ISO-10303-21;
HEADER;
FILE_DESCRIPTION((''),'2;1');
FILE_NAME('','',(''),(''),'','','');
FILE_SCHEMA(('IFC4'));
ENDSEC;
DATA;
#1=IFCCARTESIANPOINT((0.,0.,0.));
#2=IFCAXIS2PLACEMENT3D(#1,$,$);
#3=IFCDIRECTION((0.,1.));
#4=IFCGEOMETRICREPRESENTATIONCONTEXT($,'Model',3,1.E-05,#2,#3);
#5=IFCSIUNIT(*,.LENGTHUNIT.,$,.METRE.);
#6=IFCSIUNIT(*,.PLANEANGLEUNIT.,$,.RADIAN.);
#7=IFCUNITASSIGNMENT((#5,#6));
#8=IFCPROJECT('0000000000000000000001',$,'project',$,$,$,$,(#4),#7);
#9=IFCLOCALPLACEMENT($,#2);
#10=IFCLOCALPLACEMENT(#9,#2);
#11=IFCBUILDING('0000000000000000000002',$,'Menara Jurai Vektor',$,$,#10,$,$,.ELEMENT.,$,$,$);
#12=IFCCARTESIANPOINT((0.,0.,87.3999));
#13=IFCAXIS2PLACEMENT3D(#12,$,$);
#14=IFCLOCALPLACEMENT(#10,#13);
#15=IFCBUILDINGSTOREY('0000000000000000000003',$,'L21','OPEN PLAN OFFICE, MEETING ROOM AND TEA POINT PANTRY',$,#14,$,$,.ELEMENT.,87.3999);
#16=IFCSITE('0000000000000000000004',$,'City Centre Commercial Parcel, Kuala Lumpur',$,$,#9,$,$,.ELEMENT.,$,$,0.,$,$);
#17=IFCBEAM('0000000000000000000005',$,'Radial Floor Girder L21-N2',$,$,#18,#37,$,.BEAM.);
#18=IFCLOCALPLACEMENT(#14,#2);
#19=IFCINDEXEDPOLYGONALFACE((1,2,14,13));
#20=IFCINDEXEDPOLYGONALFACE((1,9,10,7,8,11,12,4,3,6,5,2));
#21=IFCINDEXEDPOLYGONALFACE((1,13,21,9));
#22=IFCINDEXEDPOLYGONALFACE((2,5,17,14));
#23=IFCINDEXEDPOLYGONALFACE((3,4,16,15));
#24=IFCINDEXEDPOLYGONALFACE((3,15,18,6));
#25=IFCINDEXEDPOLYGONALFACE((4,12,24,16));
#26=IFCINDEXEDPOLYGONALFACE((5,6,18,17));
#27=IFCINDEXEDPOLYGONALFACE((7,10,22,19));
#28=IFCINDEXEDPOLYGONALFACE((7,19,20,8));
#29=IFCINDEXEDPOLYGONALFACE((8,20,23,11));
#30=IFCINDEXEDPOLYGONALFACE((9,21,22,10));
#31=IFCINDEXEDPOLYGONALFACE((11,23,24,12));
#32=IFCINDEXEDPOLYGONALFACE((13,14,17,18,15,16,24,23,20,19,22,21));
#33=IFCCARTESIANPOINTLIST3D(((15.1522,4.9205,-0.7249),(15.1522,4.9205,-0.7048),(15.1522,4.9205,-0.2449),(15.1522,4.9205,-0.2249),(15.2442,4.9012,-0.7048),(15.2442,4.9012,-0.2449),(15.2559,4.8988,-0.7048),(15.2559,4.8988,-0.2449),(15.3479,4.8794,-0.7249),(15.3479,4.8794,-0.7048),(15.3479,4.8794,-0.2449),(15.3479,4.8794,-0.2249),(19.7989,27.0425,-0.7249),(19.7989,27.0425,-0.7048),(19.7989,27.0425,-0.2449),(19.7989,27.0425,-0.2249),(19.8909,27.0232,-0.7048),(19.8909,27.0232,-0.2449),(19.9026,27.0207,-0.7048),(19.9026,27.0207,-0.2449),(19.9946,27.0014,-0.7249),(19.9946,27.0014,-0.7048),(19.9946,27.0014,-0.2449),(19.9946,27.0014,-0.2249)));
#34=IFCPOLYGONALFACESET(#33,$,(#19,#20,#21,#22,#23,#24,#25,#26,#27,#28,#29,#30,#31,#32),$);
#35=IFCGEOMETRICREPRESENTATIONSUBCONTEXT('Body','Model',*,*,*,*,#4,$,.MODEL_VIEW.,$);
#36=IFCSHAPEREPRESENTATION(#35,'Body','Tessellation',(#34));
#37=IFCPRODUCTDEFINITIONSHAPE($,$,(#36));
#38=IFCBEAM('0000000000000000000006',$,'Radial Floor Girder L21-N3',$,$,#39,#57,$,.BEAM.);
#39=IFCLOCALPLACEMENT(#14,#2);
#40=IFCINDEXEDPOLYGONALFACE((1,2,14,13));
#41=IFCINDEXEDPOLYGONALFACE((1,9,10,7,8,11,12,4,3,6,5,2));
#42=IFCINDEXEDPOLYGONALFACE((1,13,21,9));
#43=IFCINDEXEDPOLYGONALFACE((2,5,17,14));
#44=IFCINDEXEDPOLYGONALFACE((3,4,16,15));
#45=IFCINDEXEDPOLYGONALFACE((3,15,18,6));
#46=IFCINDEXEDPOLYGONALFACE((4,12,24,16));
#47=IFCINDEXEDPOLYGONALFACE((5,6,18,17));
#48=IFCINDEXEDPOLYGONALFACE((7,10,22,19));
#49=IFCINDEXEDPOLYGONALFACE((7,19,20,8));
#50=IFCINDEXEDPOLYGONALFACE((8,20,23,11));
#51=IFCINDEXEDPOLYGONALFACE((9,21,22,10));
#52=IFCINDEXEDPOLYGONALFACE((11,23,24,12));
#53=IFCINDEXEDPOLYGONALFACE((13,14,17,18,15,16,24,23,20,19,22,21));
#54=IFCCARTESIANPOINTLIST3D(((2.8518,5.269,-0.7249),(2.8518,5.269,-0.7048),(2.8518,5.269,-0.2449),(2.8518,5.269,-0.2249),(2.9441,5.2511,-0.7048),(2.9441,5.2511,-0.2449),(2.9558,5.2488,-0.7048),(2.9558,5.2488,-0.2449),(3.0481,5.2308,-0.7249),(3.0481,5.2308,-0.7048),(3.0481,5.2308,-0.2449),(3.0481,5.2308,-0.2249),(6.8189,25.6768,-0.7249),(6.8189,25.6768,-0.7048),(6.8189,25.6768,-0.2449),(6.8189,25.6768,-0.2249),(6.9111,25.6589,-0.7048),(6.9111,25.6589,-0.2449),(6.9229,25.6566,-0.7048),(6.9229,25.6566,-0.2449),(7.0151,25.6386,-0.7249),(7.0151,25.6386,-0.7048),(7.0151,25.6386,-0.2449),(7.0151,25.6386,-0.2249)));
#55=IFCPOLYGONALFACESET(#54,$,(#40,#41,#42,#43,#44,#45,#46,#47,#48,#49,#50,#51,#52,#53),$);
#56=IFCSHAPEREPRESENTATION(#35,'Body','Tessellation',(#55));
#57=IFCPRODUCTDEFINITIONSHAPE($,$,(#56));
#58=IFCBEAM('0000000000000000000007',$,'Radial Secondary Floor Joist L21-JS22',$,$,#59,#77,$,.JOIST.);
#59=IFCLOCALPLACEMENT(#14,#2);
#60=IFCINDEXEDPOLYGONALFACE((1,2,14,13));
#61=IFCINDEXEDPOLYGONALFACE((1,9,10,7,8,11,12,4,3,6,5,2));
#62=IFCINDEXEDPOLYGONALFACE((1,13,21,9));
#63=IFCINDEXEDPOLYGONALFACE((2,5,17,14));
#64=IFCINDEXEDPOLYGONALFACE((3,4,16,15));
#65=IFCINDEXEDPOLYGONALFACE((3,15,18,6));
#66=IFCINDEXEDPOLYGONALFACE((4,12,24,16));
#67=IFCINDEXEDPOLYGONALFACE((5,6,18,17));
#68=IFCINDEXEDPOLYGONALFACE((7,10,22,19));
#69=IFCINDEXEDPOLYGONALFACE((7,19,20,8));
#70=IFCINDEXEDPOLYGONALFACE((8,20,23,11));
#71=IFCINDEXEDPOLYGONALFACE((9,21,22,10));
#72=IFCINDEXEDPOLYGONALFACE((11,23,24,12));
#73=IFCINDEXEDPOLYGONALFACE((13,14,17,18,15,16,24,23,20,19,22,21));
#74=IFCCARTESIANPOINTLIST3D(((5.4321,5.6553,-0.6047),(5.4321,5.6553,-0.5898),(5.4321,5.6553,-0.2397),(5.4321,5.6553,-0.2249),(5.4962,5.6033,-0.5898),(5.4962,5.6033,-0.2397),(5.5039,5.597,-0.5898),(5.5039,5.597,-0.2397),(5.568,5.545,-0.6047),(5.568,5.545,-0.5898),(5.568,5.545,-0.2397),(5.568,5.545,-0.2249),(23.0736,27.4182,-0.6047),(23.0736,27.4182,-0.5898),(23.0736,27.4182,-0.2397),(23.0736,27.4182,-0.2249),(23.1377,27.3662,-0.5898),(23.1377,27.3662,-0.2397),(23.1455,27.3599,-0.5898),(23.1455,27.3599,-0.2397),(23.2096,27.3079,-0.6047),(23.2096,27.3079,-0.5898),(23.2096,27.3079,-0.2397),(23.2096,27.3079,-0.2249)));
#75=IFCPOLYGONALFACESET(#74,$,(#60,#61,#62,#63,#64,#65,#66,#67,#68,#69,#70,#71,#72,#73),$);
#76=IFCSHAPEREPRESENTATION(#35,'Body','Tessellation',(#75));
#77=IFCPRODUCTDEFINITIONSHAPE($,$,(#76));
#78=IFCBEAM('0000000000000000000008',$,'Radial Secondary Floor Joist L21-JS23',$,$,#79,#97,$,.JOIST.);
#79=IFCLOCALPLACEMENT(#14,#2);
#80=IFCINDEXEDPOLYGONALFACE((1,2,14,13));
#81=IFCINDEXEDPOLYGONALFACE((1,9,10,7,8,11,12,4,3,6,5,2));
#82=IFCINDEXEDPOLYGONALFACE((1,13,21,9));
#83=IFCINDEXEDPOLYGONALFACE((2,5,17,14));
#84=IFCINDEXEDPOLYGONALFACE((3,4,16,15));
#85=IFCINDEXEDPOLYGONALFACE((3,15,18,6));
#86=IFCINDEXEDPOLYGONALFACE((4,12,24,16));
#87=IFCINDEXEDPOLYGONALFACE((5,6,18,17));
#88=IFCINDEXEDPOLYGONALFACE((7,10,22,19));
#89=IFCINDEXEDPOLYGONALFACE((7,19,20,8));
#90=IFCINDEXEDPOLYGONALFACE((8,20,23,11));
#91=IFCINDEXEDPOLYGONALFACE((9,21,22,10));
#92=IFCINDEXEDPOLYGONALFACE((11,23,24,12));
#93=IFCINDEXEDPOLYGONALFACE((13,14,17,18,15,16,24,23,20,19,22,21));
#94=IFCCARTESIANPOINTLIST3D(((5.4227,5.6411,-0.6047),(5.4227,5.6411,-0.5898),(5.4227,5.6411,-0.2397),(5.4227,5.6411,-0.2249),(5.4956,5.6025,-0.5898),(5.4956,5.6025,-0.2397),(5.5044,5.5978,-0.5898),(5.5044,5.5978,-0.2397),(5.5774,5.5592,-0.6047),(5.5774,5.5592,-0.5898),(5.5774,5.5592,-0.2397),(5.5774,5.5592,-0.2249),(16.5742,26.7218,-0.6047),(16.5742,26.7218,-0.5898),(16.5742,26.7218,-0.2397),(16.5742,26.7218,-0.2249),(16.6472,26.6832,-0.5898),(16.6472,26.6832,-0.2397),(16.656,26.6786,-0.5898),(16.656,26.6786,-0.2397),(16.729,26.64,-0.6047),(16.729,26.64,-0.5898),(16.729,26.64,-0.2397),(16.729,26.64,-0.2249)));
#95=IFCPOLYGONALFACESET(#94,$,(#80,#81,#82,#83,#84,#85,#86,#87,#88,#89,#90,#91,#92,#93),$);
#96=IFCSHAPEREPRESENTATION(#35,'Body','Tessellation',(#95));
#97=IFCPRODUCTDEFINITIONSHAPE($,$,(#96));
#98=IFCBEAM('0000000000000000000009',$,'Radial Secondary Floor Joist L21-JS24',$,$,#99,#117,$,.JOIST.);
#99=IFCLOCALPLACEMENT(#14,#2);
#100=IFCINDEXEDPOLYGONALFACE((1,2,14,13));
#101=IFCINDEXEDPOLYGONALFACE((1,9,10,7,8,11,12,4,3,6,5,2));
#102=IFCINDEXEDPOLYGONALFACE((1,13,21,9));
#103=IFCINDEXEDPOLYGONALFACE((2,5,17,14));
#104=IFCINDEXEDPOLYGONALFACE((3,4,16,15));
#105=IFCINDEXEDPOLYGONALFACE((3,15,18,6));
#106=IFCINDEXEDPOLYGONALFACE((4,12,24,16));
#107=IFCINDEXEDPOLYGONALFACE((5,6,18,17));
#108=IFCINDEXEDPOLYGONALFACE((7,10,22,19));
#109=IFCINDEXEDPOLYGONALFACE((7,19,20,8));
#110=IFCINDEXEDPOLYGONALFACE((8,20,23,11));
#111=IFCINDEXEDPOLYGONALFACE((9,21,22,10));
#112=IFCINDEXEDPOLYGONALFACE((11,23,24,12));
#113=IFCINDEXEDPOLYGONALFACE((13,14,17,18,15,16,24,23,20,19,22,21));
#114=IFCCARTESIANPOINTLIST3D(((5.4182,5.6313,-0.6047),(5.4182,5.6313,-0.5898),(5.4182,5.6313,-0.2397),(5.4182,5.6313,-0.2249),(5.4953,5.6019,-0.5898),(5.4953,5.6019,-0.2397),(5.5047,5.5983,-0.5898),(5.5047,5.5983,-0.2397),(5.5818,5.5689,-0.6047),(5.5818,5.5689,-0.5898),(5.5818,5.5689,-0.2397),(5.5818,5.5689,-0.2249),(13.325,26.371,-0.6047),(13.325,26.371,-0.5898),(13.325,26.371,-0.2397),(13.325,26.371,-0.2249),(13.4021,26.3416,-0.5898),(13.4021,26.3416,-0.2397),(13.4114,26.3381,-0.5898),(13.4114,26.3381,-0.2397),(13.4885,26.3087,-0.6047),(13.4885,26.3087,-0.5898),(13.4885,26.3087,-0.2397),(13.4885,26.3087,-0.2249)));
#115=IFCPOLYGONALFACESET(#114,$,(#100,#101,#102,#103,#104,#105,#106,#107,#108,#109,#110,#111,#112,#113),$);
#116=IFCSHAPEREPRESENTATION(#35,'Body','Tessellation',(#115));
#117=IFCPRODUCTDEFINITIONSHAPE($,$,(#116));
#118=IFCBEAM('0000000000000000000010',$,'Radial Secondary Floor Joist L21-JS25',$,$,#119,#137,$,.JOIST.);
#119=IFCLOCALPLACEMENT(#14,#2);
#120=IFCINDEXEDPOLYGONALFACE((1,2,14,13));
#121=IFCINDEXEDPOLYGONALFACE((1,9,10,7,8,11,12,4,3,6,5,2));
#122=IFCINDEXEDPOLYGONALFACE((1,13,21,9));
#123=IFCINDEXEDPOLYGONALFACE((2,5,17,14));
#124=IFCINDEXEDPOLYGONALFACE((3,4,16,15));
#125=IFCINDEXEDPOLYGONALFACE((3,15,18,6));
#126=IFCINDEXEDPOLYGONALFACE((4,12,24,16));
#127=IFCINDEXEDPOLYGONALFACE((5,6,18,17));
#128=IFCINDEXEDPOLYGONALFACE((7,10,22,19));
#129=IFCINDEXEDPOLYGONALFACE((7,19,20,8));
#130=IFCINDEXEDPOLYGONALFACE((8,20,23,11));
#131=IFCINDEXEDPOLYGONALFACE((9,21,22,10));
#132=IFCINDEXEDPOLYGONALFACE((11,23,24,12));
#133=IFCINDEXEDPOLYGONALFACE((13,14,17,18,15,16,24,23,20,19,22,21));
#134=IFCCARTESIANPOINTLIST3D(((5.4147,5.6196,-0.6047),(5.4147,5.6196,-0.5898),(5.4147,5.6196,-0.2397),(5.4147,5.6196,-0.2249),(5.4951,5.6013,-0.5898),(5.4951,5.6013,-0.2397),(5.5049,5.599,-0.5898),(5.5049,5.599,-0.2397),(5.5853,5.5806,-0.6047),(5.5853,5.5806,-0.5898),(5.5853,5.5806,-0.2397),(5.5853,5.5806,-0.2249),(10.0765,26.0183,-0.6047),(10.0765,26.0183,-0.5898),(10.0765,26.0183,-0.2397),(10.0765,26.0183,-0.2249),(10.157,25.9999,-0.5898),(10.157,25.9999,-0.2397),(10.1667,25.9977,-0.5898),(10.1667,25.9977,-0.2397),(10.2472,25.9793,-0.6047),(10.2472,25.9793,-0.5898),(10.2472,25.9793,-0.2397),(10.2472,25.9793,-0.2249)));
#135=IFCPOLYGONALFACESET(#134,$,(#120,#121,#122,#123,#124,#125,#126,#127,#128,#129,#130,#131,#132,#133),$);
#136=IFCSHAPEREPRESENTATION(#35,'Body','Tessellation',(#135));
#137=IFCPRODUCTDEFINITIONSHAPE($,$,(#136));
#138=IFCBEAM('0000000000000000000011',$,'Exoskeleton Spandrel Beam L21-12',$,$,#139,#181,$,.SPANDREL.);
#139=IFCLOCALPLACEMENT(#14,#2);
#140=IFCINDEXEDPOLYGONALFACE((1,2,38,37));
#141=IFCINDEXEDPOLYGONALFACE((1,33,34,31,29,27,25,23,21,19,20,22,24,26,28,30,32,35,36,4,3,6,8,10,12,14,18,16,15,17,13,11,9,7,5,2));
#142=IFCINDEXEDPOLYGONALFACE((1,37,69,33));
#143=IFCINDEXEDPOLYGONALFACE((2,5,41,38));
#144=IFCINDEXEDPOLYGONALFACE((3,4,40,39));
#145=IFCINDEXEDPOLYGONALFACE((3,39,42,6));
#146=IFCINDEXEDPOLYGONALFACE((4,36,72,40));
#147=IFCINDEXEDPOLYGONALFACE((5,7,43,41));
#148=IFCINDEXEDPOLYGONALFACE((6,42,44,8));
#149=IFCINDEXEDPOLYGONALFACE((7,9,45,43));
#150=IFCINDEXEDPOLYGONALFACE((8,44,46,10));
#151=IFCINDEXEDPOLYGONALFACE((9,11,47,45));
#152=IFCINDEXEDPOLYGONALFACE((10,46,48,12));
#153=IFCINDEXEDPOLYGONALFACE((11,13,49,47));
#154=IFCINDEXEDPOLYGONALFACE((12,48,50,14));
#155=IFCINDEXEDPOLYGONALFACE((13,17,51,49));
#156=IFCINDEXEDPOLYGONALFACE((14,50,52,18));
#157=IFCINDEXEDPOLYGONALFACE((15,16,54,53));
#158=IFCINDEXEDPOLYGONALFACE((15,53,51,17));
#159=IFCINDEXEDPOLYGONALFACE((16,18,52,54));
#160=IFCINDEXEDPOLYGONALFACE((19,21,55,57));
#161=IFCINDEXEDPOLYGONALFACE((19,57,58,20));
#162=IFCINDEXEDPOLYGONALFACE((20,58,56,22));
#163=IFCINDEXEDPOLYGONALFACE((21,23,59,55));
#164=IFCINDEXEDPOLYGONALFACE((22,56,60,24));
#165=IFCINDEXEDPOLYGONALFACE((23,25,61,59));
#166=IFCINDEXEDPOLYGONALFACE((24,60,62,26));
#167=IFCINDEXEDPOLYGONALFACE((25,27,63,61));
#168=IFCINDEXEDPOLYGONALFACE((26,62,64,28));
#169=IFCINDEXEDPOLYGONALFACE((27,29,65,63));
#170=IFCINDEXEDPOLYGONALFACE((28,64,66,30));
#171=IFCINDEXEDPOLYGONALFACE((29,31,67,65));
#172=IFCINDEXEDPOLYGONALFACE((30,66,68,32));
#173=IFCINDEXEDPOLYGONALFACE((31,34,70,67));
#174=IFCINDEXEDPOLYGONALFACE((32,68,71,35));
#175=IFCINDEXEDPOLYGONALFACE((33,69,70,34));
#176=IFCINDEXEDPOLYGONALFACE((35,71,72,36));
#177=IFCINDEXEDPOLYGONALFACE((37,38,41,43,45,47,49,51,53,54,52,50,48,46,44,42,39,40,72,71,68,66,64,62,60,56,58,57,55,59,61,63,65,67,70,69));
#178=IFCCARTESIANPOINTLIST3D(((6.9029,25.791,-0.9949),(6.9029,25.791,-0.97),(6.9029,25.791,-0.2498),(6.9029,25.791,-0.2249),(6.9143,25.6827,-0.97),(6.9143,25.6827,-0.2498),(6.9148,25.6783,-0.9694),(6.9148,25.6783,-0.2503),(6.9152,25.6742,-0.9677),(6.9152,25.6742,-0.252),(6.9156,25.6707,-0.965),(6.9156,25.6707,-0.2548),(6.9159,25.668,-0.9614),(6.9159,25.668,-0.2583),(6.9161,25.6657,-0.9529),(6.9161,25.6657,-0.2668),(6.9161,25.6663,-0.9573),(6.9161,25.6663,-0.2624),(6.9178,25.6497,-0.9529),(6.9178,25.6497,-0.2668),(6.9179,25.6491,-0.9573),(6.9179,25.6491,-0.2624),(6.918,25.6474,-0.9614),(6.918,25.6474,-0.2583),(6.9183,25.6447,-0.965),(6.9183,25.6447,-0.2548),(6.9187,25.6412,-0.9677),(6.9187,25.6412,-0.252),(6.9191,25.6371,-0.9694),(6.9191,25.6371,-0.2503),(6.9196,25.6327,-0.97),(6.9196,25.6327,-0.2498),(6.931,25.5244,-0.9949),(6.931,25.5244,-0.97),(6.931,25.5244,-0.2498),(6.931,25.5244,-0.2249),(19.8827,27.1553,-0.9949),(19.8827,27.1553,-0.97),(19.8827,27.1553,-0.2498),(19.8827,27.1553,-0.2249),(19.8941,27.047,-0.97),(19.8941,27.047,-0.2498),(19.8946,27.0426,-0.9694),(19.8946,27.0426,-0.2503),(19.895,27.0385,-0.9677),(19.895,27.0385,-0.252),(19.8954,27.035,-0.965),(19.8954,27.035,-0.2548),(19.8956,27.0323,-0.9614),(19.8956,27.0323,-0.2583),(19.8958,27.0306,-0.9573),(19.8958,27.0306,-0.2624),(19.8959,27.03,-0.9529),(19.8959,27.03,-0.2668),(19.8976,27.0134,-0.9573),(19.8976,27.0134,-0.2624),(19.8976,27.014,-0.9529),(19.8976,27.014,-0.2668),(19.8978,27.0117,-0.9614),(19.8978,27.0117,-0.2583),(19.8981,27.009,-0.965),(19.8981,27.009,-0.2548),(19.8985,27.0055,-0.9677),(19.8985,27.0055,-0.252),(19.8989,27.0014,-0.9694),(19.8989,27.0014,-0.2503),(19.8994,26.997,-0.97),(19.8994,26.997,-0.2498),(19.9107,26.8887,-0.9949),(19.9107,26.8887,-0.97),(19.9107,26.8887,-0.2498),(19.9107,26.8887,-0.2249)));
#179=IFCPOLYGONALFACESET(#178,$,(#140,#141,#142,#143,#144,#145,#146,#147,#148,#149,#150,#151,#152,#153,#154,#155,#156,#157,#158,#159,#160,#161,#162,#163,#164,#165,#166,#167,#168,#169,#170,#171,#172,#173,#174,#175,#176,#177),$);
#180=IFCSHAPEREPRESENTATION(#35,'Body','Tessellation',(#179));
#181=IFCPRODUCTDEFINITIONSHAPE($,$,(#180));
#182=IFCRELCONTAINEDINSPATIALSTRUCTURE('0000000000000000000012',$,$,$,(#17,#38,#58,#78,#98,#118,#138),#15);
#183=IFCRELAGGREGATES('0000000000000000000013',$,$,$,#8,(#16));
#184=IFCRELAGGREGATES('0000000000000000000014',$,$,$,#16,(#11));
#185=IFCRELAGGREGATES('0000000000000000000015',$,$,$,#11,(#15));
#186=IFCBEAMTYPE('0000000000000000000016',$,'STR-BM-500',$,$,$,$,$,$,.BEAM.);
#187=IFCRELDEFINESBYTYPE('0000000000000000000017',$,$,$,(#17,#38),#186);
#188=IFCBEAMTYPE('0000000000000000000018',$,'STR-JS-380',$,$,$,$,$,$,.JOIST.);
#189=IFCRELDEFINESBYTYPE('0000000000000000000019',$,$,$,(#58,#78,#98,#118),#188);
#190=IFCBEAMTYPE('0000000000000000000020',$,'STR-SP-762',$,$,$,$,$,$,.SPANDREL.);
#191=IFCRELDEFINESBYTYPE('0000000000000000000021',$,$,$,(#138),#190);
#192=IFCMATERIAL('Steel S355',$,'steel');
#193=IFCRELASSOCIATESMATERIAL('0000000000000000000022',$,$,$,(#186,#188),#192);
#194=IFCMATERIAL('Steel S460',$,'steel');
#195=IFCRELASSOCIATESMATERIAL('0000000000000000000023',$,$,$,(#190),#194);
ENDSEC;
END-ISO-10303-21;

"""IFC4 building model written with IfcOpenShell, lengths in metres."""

from ifc_helpers import new_model, si_unit, direction, frame, origin, origin_2d, place, context, subcontext, project, spatial, i_section, extrude, material, material_profile, profile_set, type_object, element, save


model = new_model("IFC4")

# Units and contexts
model_context = context("Model", 3, precision=1e-05, world=origin(), true_north=direction((0.0, 1.0)))
body_context = subcontext(model_context, "Body", "Model", "MODEL_VIEW")
ifc_project = project(units=[si_unit("LENGTHUNIT", "METRE"), si_unit("PLANEANGLEUNIT", "RADIAN")], contexts=[model_context])

# Site, building, storey
site_placement = place(None, origin())
site = spatial("IfcSite", under=ifc_project, at=site_placement, Name="City Centre Commercial Parcel, Kuala Lumpur", CompositionType="ELEMENT", RefElevation=0.0)
building_placement = place(site_placement, origin())
building = spatial("IfcBuilding", under=site, at=building_placement, Name="Menara Jurai Vektor", CompositionType="ELEMENT")
storey_placement = place(building_placement, frame((0.0, 0.0, 87.3999)))
storey = spatial("IfcBuildingStorey", under=building, at=storey_placement, Name="L21", Description="OPEN PLAN OFFICE, MEETING ROOM AND TEA POINT PANTRY", CompositionType="ELEMENT", Elevation=87.3999)

# Shared definitions
ifc_material_1 = material(Name="Steel S460", Category="steel")

# Beams
ifc_material_2 = material(Name="Steel S355", Category="steel")
ifc_material_profile_1 = material_profile(ifc_material_2, i_section(OverallWidth=0.2, OverallDepth=0.5, WebThickness=0.012, FlangeThickness=0.02, at=origin_2d()), Name="PG 500x200x96")
ifc_profile_set_1 = profile_set([ifc_material_profile_1], Name="Steel S355")
beam_type_1 = type_object("IfcBeamType", Name="STR-BM-500", PredefinedType="BEAM", material=ifc_profile_set_1)
beam_1_placement = place(storey_placement, frame((19.8967, 27.022, -0.4749), z_axis=(-0.205564, -0.978644, 0.0), x_axis=(0.978644, -0.205564, 0.0)))
element("IfcBeam", 1, at=beam_1_placement, inside=storey, type_object=beam_type_1, Name="Radial Floor Girder L21-N2", PredefinedType="BEAM", context=body_context, shape_type="SweptSolid", body=[
    extrude(i_section(OverallWidth=0.2, OverallDepth=0.5, WebThickness=0.012, FlangeThickness=0.02, at=origin_2d()), origin(), (0.0, 0.0, 1.0), 22.6047),
])
beam_2_placement = place(storey_placement, frame((6.917, 25.6577, -0.4749), z_axis=(-0.190817, -0.981626, 0.0), x_axis=(0.981626, -0.190817, 0.0)))
element("IfcBeam", 2, at=beam_2_placement, inside=storey, type_object=beam_type_1, Name="Radial Floor Girder L21-N3", PredefinedType="BEAM", context=body_context, shape_type="SweptSolid", body=[
    extrude(i_section(OverallWidth=0.2, OverallDepth=0.5, WebThickness=0.012, FlangeThickness=0.02, at=origin_2d()), origin(), (0.0, 0.0, 1.0), 20.7898),
])
ifc_material_profile_2 = material_profile(ifc_material_2, i_section(OverallWidth=0.175, OverallDepth=0.3799, WebThickness=0.01, FlangeThickness=0.0149, at=origin_2d()), Name="PG 380x175x58")
ifc_profile_set_2 = profile_set([ifc_material_profile_2], Name="Steel S355")
beam_type_2 = type_object("IfcBeamType", Name="STR-JS-380", PredefinedType="JOIST", material=ifc_profile_set_2)
beam_3_placement = place(storey_placement, frame((23.1416, 27.363, -0.4148), z_axis=(-0.629715, -0.776826, 0.0), x_axis=(0.776826, -0.629715, 0.0)))
element("IfcBeam", 3, at=beam_3_placement, inside=storey, type_object=beam_type_2, Name="Radial Secondary Floor Joist L21-JS22", PredefinedType="JOIST", context=body_context, shape_type="SweptSolid", body=[
    extrude(i_section(OverallWidth=0.175, OverallDepth=0.3799, WebThickness=0.01, FlangeThickness=0.0149, at=origin_2d()), origin(), (0.0, 0.0, 1.0), 28.0151),
])
beam_4_placement = place(storey_placement, frame((16.6516, 26.6809, -0.4148), z_axis=(-0.467599, -0.883941, 0.0), x_axis=(0.883941, -0.467599, 0.0)))
element("IfcBeam", 4, at=beam_4_placement, inside=storey, type_object=beam_type_2, Name="Radial Secondary Floor Joist L21-JS23", PredefinedType="JOIST", context=body_context, shape_type="SweptSolid", body=[
    extrude(i_section(OverallWidth=0.175, OverallDepth=0.3799, WebThickness=0.01, FlangeThickness=0.0149, at=origin_2d()), origin(), (0.0, 0.0, 1.0), 23.8486),
])
beam_5_placement = place(storey_placement, frame((13.4067, 26.3398, -0.4148), z_axis=(-0.356227, -0.9344, 0.0), x_axis=(0.9344, -0.356227, 0.0)))
element("IfcBeam", 5, at=beam_5_placement, inside=storey, type_object=beam_type_2, Name="Radial Secondary Floor Joist L21-JS24", PredefinedType="JOIST", context=body_context, shape_type="SweptSolid", body=[
    extrude(i_section(OverallWidth=0.175, OverallDepth=0.3799, WebThickness=0.01, FlangeThickness=0.0149, at=origin_2d()), origin(), (0.0, 0.0, 1.0), 22.1958),
])
beam_6_placement = place(storey_placement, frame((10.1619, 25.9988, -0.4148), z_axis=(-0.222793, -0.974866, 0.0), x_axis=(0.974866, -0.222793, 0.0)))
element("IfcBeam", 6, at=beam_6_placement, inside=storey, type_object=beam_type_2, Name="Radial Secondary Floor Joist L21-JS25", PredefinedType="JOIST", context=body_context, shape_type="SweptSolid", body=[
    extrude(i_section(OverallWidth=0.175, OverallDepth=0.3799, WebThickness=0.01, FlangeThickness=0.0149, at=origin_2d()), origin(), (0.0, 0.0, 1.0), 20.9246),
])
ifc_material_profile_3 = material_profile(ifc_material_1, i_section(OverallWidth=0.2681, OverallDepth=0.77, WebThickness=0.0161, FlangeThickness=0.0249, FilletRadius=0.0171, at=origin_2d()), Name="UKB 762x267x197")
ifc_profile_set_3 = profile_set([ifc_material_profile_3], Name="Steel S460")
beam_type_3 = type_object("IfcBeamType", Name="STR-SP-762", PredefinedType="SPANDREL", material=ifc_profile_set_3)
beam_7_placement = place(storey_placement, frame((19.8967, 27.022, -0.6099), z_axis=(-0.994522, -0.104531, 0.0), x_axis=(0.104531, -0.994522, 0.0)))
element("IfcBeam", 7, at=beam_7_placement, inside=storey, type_object=beam_type_3, Name="Exoskeleton Spandrel Beam L21-12", PredefinedType="SPANDREL", context=body_context, shape_type="SweptSolid", body=[
    extrude(i_section(OverallWidth=0.2681, OverallDepth=0.77, WebThickness=0.0161, FlangeThickness=0.0249, FilletRadius=0.0171, at=origin_2d()), origin(), (0.0, 0.0, 1.0), 13.0513),
])

save(model, "model.ifc")
